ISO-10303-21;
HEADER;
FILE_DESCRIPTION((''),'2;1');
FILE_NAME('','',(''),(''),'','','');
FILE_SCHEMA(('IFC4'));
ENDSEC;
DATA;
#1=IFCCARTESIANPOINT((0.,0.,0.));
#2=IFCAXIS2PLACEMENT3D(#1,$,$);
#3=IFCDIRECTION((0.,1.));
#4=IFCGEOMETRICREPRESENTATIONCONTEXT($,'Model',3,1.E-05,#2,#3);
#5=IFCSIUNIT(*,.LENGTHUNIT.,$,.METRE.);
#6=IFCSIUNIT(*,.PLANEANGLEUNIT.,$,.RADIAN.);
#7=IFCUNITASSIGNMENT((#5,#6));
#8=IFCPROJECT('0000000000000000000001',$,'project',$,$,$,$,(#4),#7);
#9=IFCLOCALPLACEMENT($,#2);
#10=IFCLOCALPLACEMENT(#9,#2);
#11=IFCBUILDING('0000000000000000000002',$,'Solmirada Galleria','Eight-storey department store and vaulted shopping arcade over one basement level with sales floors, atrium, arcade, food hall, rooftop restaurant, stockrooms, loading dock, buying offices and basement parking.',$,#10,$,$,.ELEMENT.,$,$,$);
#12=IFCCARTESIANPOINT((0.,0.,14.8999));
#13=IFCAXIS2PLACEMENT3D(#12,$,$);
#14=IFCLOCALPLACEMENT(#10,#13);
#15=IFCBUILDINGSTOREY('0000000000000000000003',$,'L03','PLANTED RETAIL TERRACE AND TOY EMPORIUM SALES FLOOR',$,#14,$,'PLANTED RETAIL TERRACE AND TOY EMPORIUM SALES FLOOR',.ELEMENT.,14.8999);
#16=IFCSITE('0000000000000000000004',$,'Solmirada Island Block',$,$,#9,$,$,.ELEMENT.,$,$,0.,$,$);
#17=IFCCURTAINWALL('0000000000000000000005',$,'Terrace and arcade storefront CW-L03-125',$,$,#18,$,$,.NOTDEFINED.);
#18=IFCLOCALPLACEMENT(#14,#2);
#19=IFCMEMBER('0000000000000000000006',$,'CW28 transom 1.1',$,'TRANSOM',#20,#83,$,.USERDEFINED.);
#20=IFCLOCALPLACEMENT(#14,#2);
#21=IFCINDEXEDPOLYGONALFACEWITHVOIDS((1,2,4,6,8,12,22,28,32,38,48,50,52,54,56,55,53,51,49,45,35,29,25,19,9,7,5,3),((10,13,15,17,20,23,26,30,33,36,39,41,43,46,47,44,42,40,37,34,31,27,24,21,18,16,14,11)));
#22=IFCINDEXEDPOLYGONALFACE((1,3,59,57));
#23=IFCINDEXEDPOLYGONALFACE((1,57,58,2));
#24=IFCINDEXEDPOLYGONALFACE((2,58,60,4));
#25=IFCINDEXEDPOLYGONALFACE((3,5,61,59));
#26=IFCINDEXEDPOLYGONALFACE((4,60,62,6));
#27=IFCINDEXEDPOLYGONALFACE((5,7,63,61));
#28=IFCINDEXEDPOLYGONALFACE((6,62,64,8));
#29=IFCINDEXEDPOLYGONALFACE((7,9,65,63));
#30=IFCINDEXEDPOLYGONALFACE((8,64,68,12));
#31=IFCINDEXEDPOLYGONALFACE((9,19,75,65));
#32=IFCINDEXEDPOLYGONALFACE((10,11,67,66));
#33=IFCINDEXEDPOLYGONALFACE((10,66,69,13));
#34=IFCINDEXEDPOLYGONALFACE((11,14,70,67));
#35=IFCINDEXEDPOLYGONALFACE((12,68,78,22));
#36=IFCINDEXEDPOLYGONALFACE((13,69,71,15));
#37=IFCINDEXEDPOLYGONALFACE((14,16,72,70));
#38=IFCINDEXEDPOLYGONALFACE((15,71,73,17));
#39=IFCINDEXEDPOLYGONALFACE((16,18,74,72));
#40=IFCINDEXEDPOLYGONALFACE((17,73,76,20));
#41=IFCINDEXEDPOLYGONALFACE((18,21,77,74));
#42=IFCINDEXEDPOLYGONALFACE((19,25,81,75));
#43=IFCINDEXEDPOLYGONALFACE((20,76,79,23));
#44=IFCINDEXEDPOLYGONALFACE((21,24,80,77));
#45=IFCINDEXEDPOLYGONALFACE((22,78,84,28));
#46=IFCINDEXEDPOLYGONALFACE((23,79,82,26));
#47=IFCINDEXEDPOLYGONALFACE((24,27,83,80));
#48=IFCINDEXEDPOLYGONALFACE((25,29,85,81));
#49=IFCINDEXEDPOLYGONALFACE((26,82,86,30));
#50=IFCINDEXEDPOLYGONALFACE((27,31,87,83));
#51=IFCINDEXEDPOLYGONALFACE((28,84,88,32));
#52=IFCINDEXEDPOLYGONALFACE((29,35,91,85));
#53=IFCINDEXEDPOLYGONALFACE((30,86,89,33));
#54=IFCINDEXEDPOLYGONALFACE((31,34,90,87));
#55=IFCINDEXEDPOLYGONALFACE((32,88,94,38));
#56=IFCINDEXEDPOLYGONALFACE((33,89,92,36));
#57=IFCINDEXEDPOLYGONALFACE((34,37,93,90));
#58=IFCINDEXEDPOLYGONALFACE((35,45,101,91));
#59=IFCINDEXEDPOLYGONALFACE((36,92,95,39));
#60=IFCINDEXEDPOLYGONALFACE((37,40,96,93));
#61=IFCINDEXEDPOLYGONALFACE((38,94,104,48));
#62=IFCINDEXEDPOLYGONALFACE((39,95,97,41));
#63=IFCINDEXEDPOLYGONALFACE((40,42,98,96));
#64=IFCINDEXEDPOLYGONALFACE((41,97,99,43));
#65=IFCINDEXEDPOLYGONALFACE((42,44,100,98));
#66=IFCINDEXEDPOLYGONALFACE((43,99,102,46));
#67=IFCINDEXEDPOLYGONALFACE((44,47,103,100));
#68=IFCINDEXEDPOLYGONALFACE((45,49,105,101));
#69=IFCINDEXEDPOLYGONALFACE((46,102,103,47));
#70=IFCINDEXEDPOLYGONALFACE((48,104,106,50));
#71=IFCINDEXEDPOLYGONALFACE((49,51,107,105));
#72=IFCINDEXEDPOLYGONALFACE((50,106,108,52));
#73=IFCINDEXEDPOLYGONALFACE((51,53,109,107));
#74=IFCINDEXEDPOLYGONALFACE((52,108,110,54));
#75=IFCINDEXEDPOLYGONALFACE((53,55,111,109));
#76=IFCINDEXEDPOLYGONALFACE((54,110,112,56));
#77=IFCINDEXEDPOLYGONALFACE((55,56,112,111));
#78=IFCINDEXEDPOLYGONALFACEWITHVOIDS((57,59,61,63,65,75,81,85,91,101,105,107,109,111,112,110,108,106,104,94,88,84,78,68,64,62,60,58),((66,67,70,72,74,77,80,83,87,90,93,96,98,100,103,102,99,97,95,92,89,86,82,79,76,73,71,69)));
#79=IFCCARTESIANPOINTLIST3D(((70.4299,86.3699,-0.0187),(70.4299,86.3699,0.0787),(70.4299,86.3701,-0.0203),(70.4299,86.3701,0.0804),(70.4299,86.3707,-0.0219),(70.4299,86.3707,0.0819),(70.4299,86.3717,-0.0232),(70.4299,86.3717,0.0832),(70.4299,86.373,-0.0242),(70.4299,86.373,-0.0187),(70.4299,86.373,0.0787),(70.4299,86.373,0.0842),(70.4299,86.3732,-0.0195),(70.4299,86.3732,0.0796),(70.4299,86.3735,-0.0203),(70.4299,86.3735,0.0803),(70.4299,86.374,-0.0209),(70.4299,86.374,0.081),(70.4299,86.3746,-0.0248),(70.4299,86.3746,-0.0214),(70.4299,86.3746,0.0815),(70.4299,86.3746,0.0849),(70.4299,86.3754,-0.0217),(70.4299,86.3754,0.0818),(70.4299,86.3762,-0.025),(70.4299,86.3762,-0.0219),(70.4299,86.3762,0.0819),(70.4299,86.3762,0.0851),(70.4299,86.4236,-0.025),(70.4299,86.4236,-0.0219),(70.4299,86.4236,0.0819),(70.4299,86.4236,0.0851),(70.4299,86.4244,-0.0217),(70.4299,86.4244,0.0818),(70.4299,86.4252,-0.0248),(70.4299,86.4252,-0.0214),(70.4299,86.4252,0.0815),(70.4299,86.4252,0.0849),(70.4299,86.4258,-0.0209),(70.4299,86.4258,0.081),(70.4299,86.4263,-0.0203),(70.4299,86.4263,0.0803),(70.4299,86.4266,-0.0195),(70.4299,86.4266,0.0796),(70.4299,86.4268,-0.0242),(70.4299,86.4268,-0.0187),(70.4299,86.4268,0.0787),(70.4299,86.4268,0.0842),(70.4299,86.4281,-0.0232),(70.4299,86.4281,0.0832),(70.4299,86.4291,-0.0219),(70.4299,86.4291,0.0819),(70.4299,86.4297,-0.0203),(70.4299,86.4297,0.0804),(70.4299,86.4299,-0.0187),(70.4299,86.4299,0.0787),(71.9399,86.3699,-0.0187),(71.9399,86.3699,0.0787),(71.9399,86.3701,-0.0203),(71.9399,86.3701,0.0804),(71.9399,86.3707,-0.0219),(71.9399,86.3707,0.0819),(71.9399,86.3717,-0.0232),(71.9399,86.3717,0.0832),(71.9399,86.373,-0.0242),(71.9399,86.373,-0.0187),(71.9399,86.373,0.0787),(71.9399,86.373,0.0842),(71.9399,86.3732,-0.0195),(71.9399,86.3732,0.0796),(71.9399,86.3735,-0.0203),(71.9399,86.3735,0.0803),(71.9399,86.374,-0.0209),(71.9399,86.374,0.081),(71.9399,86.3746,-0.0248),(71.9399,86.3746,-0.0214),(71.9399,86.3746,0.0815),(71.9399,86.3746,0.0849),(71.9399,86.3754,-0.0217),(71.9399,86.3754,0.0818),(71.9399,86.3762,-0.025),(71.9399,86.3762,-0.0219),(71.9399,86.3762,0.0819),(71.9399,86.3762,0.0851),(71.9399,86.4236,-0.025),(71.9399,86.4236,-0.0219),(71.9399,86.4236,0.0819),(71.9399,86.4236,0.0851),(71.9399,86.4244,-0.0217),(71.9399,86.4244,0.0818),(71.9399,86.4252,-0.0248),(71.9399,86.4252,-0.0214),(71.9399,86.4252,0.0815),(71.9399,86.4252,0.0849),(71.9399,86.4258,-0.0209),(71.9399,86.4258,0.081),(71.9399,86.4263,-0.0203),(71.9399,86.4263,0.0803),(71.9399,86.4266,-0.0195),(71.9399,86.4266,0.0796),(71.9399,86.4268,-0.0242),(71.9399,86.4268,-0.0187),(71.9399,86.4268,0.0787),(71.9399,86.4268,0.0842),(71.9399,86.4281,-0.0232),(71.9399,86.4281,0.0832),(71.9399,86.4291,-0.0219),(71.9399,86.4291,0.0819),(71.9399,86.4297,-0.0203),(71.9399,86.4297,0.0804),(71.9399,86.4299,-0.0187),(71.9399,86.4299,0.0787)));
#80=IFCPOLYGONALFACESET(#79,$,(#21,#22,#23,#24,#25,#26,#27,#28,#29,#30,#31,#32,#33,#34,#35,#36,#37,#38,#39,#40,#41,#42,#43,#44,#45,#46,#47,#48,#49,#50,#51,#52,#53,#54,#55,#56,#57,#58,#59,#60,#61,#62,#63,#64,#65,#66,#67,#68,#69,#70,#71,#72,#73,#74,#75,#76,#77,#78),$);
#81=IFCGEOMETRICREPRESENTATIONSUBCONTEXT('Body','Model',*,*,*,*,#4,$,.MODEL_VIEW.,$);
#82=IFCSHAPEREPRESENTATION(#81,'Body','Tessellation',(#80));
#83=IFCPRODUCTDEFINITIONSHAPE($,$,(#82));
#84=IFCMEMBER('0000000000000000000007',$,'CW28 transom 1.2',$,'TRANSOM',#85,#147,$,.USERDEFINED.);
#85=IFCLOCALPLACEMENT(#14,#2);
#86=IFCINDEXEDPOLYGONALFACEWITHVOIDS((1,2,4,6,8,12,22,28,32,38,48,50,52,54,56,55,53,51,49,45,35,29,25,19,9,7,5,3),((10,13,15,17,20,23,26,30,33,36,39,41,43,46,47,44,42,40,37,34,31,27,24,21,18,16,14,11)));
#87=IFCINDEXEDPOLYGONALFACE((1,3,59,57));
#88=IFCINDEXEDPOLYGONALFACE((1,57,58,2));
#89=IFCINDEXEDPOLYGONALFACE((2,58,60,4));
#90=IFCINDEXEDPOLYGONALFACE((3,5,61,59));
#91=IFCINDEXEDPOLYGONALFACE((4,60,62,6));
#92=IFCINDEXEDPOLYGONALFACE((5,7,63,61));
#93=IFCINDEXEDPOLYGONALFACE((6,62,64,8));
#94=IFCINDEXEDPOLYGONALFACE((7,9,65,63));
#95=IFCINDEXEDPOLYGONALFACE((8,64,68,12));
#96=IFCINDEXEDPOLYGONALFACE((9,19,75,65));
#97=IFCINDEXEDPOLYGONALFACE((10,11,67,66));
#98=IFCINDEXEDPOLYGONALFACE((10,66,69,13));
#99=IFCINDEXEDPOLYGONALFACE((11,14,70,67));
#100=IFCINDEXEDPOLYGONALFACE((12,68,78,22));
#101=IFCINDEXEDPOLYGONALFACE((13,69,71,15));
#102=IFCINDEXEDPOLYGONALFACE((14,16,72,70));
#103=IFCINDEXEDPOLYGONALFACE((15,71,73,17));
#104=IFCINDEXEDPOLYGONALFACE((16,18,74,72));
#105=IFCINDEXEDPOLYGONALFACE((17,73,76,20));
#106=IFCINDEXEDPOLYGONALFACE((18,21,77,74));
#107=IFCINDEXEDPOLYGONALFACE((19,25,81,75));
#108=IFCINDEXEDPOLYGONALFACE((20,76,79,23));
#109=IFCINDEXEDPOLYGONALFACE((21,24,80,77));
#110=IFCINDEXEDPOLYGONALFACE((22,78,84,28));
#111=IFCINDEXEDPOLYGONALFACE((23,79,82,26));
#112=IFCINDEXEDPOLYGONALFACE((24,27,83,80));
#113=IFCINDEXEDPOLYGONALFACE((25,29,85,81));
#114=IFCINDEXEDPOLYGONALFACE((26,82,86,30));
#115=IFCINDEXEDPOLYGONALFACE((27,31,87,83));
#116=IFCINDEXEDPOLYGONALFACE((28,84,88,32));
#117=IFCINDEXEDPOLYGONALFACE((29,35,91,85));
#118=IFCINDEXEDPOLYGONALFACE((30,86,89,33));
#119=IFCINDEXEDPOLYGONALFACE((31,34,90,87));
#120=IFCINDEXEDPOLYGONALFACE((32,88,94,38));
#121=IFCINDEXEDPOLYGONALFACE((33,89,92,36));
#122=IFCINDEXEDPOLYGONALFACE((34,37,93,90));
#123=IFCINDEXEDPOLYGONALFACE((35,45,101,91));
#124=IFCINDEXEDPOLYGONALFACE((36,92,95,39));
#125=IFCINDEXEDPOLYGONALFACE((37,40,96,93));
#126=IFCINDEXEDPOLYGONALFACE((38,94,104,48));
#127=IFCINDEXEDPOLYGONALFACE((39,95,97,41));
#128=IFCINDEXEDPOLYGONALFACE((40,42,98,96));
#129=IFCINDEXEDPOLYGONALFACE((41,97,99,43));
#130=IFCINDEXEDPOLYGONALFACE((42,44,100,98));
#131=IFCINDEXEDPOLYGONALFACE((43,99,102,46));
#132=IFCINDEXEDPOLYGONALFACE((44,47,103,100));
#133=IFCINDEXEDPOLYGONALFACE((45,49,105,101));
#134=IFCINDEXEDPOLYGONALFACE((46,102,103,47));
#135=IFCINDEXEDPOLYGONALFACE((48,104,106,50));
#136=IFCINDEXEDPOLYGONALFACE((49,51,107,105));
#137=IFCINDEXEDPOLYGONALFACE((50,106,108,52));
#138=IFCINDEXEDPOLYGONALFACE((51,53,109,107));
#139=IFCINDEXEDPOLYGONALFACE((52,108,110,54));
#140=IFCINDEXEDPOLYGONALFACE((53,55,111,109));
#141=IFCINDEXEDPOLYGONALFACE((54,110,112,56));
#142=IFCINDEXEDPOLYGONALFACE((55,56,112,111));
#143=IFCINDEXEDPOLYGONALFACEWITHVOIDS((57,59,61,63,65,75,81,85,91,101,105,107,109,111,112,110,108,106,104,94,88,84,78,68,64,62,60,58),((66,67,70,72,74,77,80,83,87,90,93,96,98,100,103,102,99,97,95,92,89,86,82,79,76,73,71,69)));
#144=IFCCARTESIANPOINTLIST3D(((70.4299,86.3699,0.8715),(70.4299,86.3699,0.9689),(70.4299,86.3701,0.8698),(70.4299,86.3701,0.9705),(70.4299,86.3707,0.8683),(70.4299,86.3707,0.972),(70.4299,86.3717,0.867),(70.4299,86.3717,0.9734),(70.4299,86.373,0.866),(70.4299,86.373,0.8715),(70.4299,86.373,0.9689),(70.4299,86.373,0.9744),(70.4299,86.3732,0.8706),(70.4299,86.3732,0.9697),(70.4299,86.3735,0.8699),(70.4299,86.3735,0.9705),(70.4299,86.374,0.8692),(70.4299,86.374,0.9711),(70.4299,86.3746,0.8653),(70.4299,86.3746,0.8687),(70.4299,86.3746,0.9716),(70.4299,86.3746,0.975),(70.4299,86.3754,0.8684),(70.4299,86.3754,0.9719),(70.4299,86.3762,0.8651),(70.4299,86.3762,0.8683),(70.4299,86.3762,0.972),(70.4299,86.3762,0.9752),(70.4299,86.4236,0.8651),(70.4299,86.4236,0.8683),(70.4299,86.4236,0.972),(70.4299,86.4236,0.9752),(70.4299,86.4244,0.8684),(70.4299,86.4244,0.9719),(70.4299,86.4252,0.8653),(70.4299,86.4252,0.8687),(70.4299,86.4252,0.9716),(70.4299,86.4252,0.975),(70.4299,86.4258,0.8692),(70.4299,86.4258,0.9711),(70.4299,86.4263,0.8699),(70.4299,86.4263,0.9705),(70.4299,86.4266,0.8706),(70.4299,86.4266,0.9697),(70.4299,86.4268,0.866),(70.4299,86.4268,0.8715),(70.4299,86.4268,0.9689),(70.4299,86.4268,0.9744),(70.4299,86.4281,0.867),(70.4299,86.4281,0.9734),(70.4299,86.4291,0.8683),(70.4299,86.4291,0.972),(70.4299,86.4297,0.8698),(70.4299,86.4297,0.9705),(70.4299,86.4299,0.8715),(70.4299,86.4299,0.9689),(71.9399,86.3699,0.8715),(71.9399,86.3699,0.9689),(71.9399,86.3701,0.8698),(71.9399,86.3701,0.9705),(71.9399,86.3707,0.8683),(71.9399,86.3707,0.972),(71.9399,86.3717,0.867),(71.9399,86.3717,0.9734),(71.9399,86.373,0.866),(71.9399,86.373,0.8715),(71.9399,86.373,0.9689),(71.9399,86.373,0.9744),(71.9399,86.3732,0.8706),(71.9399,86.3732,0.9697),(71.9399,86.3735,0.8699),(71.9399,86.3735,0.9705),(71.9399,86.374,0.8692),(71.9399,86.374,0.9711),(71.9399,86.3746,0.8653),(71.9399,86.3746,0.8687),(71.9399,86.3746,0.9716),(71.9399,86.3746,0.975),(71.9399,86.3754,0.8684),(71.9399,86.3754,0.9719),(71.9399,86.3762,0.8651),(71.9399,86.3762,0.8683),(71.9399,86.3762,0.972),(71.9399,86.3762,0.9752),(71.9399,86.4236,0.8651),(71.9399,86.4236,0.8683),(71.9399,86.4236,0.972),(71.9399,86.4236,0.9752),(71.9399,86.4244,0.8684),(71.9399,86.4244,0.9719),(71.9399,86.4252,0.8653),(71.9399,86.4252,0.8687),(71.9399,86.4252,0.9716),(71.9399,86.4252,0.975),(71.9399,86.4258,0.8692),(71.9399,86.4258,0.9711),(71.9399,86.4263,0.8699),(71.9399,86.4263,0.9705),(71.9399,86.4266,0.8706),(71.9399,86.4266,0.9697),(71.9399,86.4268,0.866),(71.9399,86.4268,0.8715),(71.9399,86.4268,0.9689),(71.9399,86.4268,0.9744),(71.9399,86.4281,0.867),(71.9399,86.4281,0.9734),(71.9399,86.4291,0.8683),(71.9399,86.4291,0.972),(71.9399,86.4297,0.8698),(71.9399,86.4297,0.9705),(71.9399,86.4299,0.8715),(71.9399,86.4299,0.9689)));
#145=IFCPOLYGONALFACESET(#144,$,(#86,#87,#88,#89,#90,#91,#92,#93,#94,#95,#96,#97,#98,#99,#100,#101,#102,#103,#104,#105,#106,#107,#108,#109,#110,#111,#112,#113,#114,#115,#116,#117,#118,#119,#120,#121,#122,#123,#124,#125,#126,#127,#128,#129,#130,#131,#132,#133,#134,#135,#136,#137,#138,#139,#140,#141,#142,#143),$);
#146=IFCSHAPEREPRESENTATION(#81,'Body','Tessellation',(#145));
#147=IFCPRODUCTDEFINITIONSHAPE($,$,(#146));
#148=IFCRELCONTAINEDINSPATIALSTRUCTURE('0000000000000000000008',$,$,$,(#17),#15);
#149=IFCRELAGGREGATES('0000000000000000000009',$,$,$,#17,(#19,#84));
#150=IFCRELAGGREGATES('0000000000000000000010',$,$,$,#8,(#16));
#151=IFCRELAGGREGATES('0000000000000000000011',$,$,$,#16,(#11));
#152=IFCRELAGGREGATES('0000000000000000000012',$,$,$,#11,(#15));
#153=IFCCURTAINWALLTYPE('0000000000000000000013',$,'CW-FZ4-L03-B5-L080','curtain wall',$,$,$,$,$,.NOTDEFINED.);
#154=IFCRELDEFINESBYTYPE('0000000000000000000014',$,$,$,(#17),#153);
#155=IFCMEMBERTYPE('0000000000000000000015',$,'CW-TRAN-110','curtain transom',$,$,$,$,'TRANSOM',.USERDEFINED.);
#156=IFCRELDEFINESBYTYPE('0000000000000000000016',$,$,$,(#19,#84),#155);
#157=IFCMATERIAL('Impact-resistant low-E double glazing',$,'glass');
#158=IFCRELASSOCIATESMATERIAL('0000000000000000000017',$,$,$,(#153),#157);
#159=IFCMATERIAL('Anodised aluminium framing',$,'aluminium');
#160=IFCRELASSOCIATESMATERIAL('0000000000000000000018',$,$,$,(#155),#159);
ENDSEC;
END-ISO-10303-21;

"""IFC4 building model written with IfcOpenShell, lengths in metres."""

from ifc_helpers import new_model, si_unit, direction, frame, origin, origin_2d, place, context, subcontext, project, spatial, hollow_rectangle, extrude, material, material_profile, profile_set, type_object, element, aggregate, save


model = new_model("IFC4")

# Units and contexts
model_context = context("Model", 3, precision=1e-05, world=origin(), true_north=direction((0.0, 1.0)))
body_context = subcontext(model_context, "Body", "Model", "MODEL_VIEW")
ifc_project = project(units=[si_unit("LENGTHUNIT", "METRE"), si_unit("PLANEANGLEUNIT", "RADIAN")], contexts=[model_context])

# Site, building, storey
site_placement = place(None, origin())
site = spatial("IfcSite", under=ifc_project, at=site_placement, Name="Solmirada Island Block", CompositionType="ELEMENT", RefElevation=0.0)
building_placement = place(site_placement, origin())
building = spatial("IfcBuilding", under=site, at=building_placement, Name="Solmirada Galleria", Description="Eight-storey department store and vaulted shopping arcade over one basement level with sales floors, atrium, arcade, food hall, rooftop restaurant, stockrooms, loading dock, buying offices and basement parking.", CompositionType="ELEMENT")
storey_placement = place(building_placement, frame((0.0, 0.0, 14.8999)))
storey = spatial("IfcBuildingStorey", under=building, at=storey_placement, Name="L03", Description="PLANTED RETAIL TERRACE AND TOY EMPORIUM SALES FLOOR", LongName="PLANTED RETAIL TERRACE AND TOY EMPORIUM SALES FLOOR", CompositionType="ELEMENT", Elevation=14.8999)

# Curtain wall
ifc_material_1 = material(Name="Impact-resistant low-E double glazing", Category="glass")
curtain_wall_type = type_object("IfcCurtainWallType", Name="CW-FZ4-L03-B5-L080", Description="curtain wall", PredefinedType="NOTDEFINED", material=ifc_material_1)
ifc_material_2 = material(Name="Anodised aluminium framing", Category="aluminium")
curtain_wall_1_placement = place(storey_placement, origin())
curtain_wall_1 = element("IfcCurtainWall", 1, at=curtain_wall_1_placement, inside=storey, type_object=curtain_wall_type, Name="Terrace and arcade storefront CW-L03-125", PredefinedType="NOTDEFINED")

# Members
ifc_material_profile_1 = material_profile(ifc_material_2, hollow_rectangle(XDim=0.0601, YDim=0.1101, WallThickness=0.0032, InnerFilletRadius=0.0032, OuterFilletRadius=0.0063, at=origin_2d()), Name="ALU-TRAN-110X60")
ifc_profile_set_1 = profile_set([ifc_material_profile_1], Name="Anodised aluminium framing")
member_type_1 = type_object("IfcMemberType", Name="CW-TRAN-110", Description="curtain transom", ElementType="TRANSOM", PredefinedType="USERDEFINED", material=ifc_profile_set_1)
member_1_placement = place(storey_placement, frame((71.9399, 86.3999, 0.03), z_axis=(-1.0, 0.0, 0.0), x_axis=(0.0, -1.0, 0.0)))
member_1 = element("IfcMember", 2, at=member_1_placement, type_object=member_type_1, Name="CW28 transom 1.1", ObjectType="TRANSOM", PredefinedType="USERDEFINED", context=body_context, shape_type="SweptSolid", body=[
    extrude(hollow_rectangle(XDim=0.0601, YDim=0.1101, WallThickness=0.0032, InnerFilletRadius=0.0032, OuterFilletRadius=0.0063, at=origin_2d()), origin(), (0.0, 0.0, 1.0), 1.51),
])
member_2_placement = place(storey_placement, frame((71.9399, 86.3999, 0.9202), z_axis=(-1.0, 0.0, 0.0), x_axis=(0.0, -1.0, 0.0)))
member_2 = element("IfcMember", 3, at=member_2_placement, type_object=member_type_1, Name="CW28 transom 1.2", ObjectType="TRANSOM", PredefinedType="USERDEFINED", context=body_context, shape_type="SweptSolid", body=[
    extrude(hollow_rectangle(XDim=0.0601, YDim=0.1101, WallThickness=0.0032, InnerFilletRadius=0.0032, OuterFilletRadius=0.0063, at=origin_2d()), origin(), (0.0, 0.0, 1.0), 1.51),
])

aggregate(curtain_wall_1, [member_1, member_2])

save(model, "model.ifc")
